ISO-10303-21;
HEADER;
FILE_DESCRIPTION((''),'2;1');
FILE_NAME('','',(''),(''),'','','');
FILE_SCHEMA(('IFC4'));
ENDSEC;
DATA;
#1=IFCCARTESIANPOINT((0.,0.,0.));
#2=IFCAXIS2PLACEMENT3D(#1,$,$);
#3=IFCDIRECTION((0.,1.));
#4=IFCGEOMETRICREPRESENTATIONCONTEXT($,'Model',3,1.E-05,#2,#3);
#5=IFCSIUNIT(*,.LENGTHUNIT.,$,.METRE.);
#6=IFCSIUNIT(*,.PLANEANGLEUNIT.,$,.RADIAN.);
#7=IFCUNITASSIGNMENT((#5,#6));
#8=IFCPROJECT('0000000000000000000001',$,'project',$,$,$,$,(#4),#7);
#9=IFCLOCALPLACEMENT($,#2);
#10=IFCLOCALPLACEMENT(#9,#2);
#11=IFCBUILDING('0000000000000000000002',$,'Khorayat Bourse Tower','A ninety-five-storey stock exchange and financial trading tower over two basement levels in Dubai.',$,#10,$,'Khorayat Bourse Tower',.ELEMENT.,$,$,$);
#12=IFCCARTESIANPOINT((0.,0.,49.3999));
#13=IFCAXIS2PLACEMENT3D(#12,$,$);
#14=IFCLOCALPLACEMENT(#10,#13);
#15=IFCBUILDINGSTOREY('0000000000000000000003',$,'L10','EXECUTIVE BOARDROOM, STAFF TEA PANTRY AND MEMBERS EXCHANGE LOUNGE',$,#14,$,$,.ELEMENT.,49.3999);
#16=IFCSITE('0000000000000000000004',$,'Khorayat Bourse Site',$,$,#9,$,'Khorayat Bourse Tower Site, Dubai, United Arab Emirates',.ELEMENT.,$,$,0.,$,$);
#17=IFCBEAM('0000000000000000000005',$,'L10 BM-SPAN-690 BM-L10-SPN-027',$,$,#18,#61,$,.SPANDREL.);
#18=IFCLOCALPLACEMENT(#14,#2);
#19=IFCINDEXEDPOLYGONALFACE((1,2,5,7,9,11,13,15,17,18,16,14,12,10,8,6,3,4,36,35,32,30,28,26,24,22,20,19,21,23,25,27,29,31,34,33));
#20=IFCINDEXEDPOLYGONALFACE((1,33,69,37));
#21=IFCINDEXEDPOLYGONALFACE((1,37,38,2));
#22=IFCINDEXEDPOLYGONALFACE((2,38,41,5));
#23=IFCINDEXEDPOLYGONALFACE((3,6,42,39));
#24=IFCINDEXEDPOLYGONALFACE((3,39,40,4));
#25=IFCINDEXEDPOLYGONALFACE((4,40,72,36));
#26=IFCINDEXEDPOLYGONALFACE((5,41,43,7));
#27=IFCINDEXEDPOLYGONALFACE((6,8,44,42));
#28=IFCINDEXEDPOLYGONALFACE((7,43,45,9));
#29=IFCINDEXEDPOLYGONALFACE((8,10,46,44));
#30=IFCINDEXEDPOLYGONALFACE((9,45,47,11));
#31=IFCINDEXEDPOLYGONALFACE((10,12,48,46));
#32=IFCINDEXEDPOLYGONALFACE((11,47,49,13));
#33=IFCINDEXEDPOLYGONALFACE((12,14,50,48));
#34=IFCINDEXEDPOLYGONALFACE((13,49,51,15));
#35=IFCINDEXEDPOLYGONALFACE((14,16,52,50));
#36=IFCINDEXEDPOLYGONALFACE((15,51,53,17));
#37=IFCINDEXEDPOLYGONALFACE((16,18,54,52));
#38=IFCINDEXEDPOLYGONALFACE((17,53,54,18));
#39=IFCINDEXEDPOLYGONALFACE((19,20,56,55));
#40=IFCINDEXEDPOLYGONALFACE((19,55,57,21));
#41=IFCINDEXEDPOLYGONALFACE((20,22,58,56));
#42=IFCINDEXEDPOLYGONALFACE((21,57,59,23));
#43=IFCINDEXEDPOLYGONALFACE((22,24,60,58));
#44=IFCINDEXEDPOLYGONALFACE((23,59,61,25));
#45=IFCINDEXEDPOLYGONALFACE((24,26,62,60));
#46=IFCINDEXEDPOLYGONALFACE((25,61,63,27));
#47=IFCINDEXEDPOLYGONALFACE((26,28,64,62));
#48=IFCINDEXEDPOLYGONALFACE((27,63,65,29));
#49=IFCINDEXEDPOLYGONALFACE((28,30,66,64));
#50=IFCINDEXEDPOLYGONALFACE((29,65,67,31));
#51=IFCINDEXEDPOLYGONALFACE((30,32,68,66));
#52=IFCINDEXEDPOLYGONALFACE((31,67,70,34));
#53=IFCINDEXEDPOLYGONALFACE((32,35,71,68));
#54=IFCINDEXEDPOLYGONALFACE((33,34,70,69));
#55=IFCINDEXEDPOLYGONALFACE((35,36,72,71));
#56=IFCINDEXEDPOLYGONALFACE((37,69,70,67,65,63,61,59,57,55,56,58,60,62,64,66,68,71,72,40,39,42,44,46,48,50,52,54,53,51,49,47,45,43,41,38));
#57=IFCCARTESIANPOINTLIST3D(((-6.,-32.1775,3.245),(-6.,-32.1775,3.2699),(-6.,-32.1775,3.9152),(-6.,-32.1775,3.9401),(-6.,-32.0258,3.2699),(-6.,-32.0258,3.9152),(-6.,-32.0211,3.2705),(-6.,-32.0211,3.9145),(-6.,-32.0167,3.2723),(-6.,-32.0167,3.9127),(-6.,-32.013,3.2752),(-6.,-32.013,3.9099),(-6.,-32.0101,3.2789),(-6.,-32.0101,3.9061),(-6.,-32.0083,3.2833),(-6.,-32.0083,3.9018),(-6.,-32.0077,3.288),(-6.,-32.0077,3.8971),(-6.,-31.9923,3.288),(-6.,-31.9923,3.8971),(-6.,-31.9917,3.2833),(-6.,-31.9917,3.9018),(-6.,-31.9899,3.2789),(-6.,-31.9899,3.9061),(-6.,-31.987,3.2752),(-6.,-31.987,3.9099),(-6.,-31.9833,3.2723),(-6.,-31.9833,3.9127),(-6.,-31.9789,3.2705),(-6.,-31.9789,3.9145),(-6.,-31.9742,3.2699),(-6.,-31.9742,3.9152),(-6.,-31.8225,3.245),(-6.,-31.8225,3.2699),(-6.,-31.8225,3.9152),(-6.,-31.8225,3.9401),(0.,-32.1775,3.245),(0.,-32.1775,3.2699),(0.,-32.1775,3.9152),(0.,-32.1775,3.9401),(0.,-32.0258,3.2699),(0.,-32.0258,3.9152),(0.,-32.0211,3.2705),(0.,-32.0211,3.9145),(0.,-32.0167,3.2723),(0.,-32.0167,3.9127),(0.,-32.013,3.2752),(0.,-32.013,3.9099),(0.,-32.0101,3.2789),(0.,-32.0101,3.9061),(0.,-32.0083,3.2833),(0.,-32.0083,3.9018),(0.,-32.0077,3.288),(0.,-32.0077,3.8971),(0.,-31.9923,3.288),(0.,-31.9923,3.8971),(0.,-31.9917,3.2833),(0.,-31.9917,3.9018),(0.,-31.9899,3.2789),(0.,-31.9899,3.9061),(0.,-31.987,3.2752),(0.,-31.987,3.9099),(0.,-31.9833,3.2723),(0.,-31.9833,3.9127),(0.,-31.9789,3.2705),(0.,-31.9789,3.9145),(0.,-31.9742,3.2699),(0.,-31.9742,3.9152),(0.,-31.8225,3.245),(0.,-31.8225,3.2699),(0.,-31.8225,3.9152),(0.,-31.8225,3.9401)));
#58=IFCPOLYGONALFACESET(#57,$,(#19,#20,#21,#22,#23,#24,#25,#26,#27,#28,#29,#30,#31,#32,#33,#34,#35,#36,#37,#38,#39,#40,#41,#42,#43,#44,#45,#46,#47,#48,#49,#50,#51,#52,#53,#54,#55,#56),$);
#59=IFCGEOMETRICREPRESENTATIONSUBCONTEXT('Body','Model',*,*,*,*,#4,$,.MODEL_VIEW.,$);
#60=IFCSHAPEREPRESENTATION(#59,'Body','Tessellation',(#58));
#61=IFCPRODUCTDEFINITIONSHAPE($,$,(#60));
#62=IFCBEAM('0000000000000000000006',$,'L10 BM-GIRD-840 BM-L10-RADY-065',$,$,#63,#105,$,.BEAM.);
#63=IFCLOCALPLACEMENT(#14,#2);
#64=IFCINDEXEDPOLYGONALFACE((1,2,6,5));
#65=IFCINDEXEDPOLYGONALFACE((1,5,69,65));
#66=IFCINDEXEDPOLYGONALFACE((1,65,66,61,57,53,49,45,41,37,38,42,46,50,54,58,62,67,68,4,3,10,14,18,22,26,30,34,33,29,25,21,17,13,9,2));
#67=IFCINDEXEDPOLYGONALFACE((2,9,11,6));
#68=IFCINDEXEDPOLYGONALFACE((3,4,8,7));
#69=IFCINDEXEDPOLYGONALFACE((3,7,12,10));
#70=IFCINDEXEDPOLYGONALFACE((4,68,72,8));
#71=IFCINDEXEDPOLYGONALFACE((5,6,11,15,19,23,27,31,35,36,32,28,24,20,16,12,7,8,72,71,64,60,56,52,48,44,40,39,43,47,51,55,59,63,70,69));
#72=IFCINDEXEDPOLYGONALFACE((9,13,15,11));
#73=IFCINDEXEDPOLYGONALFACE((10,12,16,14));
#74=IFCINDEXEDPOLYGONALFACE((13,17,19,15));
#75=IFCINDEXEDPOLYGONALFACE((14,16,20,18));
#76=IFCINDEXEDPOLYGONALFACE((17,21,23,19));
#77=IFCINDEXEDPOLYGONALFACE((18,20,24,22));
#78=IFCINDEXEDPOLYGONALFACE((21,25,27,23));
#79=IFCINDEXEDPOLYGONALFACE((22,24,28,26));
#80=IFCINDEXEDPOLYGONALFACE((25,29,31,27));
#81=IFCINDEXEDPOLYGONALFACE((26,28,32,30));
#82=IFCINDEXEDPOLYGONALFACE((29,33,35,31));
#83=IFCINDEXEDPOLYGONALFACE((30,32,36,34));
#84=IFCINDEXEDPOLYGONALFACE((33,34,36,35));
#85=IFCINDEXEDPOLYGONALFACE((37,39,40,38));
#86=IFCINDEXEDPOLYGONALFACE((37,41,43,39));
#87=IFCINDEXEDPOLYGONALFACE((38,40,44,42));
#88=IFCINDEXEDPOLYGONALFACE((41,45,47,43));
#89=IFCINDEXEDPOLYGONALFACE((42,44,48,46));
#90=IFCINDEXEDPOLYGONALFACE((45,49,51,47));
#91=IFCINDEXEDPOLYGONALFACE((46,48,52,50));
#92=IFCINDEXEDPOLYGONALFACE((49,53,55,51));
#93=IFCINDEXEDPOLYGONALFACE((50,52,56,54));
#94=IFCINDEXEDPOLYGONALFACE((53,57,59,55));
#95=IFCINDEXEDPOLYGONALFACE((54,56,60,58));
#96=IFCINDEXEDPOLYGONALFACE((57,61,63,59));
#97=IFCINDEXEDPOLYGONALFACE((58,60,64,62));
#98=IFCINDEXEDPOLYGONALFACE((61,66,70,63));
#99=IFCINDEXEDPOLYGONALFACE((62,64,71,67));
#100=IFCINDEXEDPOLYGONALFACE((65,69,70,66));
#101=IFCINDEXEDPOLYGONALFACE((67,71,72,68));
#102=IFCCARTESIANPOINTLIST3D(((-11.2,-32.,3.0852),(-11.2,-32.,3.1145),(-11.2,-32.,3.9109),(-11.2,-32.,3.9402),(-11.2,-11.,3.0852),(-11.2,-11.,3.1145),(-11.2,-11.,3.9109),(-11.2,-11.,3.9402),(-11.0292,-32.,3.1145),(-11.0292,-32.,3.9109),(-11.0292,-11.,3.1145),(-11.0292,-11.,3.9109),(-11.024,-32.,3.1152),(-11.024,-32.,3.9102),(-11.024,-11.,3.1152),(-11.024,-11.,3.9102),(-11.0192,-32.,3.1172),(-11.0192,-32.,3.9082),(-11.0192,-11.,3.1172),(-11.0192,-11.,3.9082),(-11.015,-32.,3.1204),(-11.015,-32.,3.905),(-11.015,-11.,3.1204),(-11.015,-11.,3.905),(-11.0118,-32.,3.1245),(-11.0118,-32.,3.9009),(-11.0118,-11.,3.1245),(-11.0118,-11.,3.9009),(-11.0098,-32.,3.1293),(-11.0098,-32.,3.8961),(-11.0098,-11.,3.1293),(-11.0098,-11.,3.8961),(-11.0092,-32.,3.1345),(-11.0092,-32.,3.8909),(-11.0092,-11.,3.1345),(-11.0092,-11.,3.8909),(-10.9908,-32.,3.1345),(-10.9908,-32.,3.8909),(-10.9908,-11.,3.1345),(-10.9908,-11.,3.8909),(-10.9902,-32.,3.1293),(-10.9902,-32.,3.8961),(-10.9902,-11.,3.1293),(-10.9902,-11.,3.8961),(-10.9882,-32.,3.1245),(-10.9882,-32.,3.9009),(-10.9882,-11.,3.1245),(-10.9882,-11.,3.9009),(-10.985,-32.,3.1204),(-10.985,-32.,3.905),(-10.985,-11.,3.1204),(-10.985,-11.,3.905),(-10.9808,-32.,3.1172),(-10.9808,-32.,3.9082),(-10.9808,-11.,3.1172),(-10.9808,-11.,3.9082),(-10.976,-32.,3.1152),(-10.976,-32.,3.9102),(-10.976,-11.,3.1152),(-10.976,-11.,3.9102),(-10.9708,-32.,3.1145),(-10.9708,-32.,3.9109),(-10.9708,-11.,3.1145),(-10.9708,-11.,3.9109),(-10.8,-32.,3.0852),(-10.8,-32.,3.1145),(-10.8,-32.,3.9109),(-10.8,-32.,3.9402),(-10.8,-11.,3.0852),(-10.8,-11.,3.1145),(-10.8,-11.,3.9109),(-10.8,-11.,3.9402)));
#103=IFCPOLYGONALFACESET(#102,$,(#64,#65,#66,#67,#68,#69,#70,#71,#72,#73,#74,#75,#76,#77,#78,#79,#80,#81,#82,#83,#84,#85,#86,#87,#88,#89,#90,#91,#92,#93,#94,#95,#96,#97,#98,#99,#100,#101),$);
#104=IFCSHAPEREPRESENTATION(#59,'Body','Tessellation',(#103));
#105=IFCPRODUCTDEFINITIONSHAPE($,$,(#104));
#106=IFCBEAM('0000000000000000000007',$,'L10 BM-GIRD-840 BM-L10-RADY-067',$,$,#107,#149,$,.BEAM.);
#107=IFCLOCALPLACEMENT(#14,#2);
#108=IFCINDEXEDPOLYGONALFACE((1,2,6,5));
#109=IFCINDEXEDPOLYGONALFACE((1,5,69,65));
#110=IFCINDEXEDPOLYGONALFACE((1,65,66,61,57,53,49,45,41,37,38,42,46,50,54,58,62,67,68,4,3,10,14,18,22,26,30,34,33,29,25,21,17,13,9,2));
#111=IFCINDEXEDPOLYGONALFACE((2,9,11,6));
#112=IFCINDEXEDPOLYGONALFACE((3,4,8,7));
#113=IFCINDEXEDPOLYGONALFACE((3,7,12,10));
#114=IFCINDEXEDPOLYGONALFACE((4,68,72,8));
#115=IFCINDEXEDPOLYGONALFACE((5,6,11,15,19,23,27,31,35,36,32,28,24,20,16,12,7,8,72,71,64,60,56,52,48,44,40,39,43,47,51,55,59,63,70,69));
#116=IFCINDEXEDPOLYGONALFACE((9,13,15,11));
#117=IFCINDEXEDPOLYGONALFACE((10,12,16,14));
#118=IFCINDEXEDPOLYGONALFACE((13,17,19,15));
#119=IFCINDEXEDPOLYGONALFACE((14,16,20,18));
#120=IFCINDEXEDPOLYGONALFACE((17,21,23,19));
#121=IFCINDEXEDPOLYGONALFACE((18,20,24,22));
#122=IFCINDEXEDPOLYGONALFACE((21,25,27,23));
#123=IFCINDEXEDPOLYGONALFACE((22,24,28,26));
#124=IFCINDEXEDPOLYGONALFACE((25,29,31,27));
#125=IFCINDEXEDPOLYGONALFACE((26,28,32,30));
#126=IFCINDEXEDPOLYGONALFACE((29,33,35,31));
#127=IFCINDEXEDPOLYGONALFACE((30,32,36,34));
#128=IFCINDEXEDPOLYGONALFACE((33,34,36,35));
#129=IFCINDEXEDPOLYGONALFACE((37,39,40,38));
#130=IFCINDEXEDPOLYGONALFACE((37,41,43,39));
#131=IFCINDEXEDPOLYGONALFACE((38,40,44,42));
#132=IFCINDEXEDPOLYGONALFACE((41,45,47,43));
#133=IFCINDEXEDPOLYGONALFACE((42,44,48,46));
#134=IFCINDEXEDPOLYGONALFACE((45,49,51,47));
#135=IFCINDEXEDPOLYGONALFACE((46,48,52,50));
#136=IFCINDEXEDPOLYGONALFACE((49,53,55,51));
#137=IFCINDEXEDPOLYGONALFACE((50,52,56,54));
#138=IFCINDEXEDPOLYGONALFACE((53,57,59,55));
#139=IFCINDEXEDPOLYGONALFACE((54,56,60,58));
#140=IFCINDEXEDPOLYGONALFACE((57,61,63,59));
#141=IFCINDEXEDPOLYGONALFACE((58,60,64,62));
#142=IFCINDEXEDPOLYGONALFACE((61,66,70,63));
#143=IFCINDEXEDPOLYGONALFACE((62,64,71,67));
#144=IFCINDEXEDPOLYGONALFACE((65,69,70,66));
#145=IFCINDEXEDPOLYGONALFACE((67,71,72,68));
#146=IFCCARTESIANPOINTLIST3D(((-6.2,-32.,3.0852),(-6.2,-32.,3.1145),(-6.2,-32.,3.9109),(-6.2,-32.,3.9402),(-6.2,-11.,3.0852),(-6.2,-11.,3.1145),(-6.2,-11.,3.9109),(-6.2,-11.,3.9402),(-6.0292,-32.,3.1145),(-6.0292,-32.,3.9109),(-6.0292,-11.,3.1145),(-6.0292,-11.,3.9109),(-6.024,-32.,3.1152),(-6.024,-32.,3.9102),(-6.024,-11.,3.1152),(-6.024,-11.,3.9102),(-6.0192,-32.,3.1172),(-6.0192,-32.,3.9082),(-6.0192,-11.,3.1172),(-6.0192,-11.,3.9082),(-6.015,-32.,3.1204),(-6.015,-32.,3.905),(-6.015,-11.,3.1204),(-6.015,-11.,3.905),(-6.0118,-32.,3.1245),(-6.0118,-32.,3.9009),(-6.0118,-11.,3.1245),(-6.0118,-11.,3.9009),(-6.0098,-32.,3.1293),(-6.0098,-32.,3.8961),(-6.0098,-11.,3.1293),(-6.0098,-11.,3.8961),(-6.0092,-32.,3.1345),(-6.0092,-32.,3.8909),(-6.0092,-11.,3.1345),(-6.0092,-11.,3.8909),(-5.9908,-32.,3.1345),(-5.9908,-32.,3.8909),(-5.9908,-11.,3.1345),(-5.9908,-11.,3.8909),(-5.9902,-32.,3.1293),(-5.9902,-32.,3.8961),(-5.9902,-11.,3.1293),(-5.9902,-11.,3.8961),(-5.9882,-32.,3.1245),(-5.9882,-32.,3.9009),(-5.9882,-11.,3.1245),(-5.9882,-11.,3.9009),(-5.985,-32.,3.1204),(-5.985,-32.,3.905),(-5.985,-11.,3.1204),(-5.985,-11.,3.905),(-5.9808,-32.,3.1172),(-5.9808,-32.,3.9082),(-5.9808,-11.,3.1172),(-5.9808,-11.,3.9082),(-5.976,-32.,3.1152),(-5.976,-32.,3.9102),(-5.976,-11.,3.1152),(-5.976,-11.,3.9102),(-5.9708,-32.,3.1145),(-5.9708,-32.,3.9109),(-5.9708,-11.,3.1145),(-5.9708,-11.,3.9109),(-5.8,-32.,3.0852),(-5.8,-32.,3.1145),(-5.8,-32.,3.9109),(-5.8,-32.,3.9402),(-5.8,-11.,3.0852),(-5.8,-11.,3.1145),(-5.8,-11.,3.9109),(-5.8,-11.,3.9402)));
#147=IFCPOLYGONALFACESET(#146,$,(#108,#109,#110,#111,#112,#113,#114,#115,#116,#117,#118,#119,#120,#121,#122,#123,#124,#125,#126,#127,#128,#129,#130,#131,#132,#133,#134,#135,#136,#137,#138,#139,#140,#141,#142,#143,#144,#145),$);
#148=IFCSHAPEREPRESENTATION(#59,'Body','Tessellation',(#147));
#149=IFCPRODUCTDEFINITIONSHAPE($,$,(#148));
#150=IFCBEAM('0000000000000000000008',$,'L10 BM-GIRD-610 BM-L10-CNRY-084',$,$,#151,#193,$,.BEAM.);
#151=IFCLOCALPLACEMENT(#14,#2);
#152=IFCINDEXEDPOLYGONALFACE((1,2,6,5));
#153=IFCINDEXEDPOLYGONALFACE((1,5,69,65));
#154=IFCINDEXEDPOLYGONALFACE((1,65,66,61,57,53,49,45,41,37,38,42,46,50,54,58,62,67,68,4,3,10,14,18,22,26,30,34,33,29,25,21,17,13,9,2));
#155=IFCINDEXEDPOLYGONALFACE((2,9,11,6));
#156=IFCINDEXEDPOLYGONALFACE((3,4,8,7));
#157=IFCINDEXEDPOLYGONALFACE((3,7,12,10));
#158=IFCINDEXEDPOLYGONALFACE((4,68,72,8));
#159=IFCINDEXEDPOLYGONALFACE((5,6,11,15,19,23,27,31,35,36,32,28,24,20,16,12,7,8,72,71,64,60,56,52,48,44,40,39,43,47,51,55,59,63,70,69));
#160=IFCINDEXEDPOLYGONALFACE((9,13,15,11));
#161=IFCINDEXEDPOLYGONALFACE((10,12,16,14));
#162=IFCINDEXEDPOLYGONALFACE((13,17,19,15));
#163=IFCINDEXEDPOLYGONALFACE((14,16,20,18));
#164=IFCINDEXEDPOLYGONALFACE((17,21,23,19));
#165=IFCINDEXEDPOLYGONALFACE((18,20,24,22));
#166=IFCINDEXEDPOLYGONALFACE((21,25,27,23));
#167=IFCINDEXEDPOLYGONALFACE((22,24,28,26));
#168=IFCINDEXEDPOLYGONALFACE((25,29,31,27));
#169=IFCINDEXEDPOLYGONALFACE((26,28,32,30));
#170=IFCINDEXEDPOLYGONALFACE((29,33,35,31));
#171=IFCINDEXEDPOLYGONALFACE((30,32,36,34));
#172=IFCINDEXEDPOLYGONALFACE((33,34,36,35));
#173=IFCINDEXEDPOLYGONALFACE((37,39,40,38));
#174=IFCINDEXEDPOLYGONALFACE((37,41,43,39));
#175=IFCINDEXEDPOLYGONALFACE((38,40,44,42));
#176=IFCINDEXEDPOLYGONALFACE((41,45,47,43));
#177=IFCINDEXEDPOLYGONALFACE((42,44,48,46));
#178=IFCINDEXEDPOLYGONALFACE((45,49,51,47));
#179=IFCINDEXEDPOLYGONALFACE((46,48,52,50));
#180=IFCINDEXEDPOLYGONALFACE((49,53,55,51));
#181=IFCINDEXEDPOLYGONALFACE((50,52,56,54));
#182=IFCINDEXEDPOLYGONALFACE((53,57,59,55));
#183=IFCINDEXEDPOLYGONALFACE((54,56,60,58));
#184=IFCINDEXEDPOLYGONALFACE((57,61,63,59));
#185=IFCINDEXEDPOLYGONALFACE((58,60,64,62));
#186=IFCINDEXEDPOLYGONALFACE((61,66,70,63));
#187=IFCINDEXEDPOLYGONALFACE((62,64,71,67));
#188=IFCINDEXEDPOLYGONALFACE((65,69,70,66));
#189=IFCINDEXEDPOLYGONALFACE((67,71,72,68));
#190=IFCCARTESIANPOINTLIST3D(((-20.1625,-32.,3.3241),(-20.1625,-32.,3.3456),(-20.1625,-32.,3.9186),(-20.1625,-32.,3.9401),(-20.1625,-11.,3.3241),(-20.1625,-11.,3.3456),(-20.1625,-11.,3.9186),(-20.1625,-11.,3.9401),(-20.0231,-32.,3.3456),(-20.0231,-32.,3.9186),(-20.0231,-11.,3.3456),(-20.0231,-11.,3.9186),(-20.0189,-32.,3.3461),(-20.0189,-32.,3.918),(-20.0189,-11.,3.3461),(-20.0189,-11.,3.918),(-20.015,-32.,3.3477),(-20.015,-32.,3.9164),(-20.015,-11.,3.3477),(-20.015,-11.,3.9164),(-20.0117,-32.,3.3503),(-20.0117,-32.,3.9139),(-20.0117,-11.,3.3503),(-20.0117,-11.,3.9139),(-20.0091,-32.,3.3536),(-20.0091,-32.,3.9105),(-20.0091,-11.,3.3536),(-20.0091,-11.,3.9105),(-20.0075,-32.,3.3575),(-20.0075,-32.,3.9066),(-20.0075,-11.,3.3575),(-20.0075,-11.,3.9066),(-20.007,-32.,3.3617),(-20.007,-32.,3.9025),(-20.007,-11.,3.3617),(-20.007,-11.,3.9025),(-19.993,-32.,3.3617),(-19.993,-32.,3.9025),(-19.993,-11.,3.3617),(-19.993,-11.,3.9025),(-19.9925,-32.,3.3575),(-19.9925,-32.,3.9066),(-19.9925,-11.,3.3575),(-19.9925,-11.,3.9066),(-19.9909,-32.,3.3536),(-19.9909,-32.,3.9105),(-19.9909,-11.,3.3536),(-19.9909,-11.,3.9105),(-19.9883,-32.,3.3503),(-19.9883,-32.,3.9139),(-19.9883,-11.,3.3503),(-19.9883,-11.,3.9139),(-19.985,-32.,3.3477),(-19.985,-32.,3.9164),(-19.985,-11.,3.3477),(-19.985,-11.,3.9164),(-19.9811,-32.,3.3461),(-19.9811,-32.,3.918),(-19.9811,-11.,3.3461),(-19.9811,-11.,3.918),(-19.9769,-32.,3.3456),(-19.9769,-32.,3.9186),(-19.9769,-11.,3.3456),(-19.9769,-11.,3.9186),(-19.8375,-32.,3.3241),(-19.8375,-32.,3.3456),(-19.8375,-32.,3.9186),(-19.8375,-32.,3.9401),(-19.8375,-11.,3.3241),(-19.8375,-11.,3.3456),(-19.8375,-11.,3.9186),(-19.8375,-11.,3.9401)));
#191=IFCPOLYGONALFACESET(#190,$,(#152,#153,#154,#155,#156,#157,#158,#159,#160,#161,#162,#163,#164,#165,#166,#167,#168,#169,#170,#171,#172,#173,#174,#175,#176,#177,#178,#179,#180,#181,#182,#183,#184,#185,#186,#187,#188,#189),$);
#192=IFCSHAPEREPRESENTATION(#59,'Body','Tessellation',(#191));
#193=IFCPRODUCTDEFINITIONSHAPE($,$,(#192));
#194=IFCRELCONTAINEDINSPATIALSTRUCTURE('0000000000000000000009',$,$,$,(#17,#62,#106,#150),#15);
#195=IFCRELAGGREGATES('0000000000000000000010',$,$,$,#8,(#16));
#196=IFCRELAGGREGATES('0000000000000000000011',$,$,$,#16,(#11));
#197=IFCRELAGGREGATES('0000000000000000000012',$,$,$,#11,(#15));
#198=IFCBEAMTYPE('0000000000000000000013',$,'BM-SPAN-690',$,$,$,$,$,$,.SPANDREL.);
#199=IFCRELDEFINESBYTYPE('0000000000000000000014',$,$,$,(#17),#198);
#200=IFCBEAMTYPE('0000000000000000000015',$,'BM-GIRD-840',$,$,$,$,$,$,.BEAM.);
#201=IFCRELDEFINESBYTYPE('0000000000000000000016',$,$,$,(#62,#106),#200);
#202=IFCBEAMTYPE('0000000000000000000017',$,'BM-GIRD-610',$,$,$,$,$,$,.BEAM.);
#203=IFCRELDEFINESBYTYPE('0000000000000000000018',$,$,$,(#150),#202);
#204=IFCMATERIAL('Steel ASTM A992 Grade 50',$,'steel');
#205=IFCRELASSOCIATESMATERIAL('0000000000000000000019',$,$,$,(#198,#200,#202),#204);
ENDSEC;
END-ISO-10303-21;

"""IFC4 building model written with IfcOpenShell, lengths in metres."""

from ifc_helpers import new_model, si_unit, direction, frame, origin, origin_2d, place, context, subcontext, project, spatial, i_section, extrude, source, transform, mapped, material, material_profile, profile_set, type_object, element, save


model = new_model("IFC4")

# Units and contexts
model_context = context("Model", 3, precision=1e-05, world=origin(), true_north=direction((0.0, 1.0)))
body_context = subcontext(model_context, "Body", "Model", "MODEL_VIEW")
ifc_project = project(units=[si_unit("LENGTHUNIT", "METRE"), si_unit("PLANEANGLEUNIT", "RADIAN")], contexts=[model_context])

# Site, building, storey
site_placement = place(None, origin())
site = spatial("IfcSite", under=ifc_project, at=site_placement, Name="Khorayat Bourse Site", LongName="Khorayat Bourse Tower Site, Dubai, United Arab Emirates", CompositionType="ELEMENT", RefElevation=0.0)
building_placement = place(site_placement, origin())
building = spatial("IfcBuilding", under=site, at=building_placement, Name="Khorayat Bourse Tower", Description="A ninety-five-storey stock exchange and financial trading tower over two basement levels in Dubai.", LongName="Khorayat Bourse Tower", CompositionType="ELEMENT")
storey_placement = place(building_placement, frame((0.0, 0.0, 49.3999)))
storey = spatial("IfcBuildingStorey", under=building, at=storey_placement, Name="L10", Description="EXECUTIVE BOARDROOM, STAFF TEA PANTRY AND MEMBERS EXCHANGE LOUNGE", CompositionType="ELEMENT", Elevation=49.3999)

# Beams
ifc_material_1 = material(Name="Steel ASTM A992 Grade 50", Category="steel")
ifc_material_profile_1 = material_profile(ifc_material_1, i_section(OverallWidth=0.355, OverallDepth=0.6951, WebThickness=0.0154, FlangeThickness=0.0249, FilletRadius=0.0181, at=origin_2d()), Name="W690X217")
ifc_profile_set_1 = profile_set([ifc_material_profile_1], Name="Steel ASTM A992 Grade 50")
beam_type_1 = type_object("IfcBeamType", Name="BM-SPAN-690", PredefinedType="SPANDREL", material=ifc_profile_set_1)
shared_shape_1 = source(origin(), body_context, "Body", "SweptSolid", [
    extrude(i_section(OverallWidth=0.355, OverallDepth=0.6951, WebThickness=0.0154, FlangeThickness=0.0249, FilletRadius=0.0181, at=origin_2d()), origin(), (0.0, 0.0, 1.0), 6.0),
])
beam_1_placement = place(storey_placement, frame((-6.0, -32.0, 3.5925), z_axis=(1.0, 0.0, 0.0), x_axis=(0.0, 1.0, 0.0)))
element("IfcBeam", 1, at=beam_1_placement, inside=storey, type_object=beam_type_1, Name="L10 BM-SPAN-690 BM-L10-SPN-027", PredefinedType="SPANDREL", context=body_context, shape_type="MappedRepresentation", body=[
    mapped(shared_shape_1, transform((0.0, 0.0, 0.0), scale=1.0)),
])
ifc_material_profile_2 = material_profile(ifc_material_1, i_section(OverallWidth=0.3999, OverallDepth=0.855, WebThickness=0.0183, FlangeThickness=0.0293, FilletRadius=0.02, at=origin_2d()), Name="W840X299")
ifc_profile_set_2 = profile_set([ifc_material_profile_2], Name="Steel ASTM A992 Grade 50")
beam_type_2 = type_object("IfcBeamType", Name="BM-GIRD-840", PredefinedType="BEAM", material=ifc_profile_set_2)
shared_shape_2 = source(origin(), body_context, "Body", "SweptSolid", [
    extrude(i_section(OverallWidth=0.3999, OverallDepth=0.855, WebThickness=0.0183, FlangeThickness=0.0293, FilletRadius=0.02, at=origin_2d()), origin(), (0.0, 0.0, 1.0), 21.0),
])
for number, where, z_axis, x_axis, name in (
    (2, (-11.0, -32.0, 3.5127), (0.0, 1.0, 0.0), (-1.0, 0.0, 0.0), "L10 BM-GIRD-840 BM-L10-RADY-065"),
    (3, (-6.0, -32.0, 3.5127), (0.0, 1.0, 0.0), (-1.0, 0.0, 0.0), "L10 BM-GIRD-840 BM-L10-RADY-067"),
):
    element("IfcBeam", number, at=place(storey_placement, frame(where, z_axis=z_axis, x_axis=x_axis)), inside=storey, type_object=beam_type_2, Name=name, PredefinedType="BEAM", context=body_context, shape_type="MappedRepresentation", body=[
        mapped(shared_shape_2, transform((0.0, 0.0, 0.0), scale=1.0)),
    ])
ifc_material_profile_3 = material_profile(ifc_material_1, i_section(OverallWidth=0.325, OverallDepth=0.616, WebThickness=0.0139, FlangeThickness=0.0215, FilletRadius=0.0161, at=origin_2d()), Name="W610X174")
ifc_profile_set_3 = profile_set([ifc_material_profile_3], Name="Steel ASTM A992 Grade 50")
beam_type_3 = type_object("IfcBeamType", Name="BM-GIRD-610", PredefinedType="BEAM", material=ifc_profile_set_3)
shared_shape_3 = source(origin(), body_context, "Body", "SweptSolid", [
    extrude(i_section(OverallWidth=0.325, OverallDepth=0.616, WebThickness=0.0139, FlangeThickness=0.0215, FilletRadius=0.0161, at=origin_2d()), origin(), (0.0, 0.0, 1.0), 21.0),
])
beam_2_placement = place(storey_placement, frame((-20.0, -32.0, 3.6321), z_axis=(0.0, 1.0, 0.0), x_axis=(-1.0, 0.0, 0.0)))
element("IfcBeam", 4, at=beam_2_placement, inside=storey, type_object=beam_type_3, Name="L10 BM-GIRD-610 BM-L10-CNRY-084", PredefinedType="BEAM", context=body_context, shape_type="MappedRepresentation", body=[
    mapped(shared_shape_3, transform((0.0, 0.0, 0.0), scale=1.0)),
])

save(model, "model.ifc")
